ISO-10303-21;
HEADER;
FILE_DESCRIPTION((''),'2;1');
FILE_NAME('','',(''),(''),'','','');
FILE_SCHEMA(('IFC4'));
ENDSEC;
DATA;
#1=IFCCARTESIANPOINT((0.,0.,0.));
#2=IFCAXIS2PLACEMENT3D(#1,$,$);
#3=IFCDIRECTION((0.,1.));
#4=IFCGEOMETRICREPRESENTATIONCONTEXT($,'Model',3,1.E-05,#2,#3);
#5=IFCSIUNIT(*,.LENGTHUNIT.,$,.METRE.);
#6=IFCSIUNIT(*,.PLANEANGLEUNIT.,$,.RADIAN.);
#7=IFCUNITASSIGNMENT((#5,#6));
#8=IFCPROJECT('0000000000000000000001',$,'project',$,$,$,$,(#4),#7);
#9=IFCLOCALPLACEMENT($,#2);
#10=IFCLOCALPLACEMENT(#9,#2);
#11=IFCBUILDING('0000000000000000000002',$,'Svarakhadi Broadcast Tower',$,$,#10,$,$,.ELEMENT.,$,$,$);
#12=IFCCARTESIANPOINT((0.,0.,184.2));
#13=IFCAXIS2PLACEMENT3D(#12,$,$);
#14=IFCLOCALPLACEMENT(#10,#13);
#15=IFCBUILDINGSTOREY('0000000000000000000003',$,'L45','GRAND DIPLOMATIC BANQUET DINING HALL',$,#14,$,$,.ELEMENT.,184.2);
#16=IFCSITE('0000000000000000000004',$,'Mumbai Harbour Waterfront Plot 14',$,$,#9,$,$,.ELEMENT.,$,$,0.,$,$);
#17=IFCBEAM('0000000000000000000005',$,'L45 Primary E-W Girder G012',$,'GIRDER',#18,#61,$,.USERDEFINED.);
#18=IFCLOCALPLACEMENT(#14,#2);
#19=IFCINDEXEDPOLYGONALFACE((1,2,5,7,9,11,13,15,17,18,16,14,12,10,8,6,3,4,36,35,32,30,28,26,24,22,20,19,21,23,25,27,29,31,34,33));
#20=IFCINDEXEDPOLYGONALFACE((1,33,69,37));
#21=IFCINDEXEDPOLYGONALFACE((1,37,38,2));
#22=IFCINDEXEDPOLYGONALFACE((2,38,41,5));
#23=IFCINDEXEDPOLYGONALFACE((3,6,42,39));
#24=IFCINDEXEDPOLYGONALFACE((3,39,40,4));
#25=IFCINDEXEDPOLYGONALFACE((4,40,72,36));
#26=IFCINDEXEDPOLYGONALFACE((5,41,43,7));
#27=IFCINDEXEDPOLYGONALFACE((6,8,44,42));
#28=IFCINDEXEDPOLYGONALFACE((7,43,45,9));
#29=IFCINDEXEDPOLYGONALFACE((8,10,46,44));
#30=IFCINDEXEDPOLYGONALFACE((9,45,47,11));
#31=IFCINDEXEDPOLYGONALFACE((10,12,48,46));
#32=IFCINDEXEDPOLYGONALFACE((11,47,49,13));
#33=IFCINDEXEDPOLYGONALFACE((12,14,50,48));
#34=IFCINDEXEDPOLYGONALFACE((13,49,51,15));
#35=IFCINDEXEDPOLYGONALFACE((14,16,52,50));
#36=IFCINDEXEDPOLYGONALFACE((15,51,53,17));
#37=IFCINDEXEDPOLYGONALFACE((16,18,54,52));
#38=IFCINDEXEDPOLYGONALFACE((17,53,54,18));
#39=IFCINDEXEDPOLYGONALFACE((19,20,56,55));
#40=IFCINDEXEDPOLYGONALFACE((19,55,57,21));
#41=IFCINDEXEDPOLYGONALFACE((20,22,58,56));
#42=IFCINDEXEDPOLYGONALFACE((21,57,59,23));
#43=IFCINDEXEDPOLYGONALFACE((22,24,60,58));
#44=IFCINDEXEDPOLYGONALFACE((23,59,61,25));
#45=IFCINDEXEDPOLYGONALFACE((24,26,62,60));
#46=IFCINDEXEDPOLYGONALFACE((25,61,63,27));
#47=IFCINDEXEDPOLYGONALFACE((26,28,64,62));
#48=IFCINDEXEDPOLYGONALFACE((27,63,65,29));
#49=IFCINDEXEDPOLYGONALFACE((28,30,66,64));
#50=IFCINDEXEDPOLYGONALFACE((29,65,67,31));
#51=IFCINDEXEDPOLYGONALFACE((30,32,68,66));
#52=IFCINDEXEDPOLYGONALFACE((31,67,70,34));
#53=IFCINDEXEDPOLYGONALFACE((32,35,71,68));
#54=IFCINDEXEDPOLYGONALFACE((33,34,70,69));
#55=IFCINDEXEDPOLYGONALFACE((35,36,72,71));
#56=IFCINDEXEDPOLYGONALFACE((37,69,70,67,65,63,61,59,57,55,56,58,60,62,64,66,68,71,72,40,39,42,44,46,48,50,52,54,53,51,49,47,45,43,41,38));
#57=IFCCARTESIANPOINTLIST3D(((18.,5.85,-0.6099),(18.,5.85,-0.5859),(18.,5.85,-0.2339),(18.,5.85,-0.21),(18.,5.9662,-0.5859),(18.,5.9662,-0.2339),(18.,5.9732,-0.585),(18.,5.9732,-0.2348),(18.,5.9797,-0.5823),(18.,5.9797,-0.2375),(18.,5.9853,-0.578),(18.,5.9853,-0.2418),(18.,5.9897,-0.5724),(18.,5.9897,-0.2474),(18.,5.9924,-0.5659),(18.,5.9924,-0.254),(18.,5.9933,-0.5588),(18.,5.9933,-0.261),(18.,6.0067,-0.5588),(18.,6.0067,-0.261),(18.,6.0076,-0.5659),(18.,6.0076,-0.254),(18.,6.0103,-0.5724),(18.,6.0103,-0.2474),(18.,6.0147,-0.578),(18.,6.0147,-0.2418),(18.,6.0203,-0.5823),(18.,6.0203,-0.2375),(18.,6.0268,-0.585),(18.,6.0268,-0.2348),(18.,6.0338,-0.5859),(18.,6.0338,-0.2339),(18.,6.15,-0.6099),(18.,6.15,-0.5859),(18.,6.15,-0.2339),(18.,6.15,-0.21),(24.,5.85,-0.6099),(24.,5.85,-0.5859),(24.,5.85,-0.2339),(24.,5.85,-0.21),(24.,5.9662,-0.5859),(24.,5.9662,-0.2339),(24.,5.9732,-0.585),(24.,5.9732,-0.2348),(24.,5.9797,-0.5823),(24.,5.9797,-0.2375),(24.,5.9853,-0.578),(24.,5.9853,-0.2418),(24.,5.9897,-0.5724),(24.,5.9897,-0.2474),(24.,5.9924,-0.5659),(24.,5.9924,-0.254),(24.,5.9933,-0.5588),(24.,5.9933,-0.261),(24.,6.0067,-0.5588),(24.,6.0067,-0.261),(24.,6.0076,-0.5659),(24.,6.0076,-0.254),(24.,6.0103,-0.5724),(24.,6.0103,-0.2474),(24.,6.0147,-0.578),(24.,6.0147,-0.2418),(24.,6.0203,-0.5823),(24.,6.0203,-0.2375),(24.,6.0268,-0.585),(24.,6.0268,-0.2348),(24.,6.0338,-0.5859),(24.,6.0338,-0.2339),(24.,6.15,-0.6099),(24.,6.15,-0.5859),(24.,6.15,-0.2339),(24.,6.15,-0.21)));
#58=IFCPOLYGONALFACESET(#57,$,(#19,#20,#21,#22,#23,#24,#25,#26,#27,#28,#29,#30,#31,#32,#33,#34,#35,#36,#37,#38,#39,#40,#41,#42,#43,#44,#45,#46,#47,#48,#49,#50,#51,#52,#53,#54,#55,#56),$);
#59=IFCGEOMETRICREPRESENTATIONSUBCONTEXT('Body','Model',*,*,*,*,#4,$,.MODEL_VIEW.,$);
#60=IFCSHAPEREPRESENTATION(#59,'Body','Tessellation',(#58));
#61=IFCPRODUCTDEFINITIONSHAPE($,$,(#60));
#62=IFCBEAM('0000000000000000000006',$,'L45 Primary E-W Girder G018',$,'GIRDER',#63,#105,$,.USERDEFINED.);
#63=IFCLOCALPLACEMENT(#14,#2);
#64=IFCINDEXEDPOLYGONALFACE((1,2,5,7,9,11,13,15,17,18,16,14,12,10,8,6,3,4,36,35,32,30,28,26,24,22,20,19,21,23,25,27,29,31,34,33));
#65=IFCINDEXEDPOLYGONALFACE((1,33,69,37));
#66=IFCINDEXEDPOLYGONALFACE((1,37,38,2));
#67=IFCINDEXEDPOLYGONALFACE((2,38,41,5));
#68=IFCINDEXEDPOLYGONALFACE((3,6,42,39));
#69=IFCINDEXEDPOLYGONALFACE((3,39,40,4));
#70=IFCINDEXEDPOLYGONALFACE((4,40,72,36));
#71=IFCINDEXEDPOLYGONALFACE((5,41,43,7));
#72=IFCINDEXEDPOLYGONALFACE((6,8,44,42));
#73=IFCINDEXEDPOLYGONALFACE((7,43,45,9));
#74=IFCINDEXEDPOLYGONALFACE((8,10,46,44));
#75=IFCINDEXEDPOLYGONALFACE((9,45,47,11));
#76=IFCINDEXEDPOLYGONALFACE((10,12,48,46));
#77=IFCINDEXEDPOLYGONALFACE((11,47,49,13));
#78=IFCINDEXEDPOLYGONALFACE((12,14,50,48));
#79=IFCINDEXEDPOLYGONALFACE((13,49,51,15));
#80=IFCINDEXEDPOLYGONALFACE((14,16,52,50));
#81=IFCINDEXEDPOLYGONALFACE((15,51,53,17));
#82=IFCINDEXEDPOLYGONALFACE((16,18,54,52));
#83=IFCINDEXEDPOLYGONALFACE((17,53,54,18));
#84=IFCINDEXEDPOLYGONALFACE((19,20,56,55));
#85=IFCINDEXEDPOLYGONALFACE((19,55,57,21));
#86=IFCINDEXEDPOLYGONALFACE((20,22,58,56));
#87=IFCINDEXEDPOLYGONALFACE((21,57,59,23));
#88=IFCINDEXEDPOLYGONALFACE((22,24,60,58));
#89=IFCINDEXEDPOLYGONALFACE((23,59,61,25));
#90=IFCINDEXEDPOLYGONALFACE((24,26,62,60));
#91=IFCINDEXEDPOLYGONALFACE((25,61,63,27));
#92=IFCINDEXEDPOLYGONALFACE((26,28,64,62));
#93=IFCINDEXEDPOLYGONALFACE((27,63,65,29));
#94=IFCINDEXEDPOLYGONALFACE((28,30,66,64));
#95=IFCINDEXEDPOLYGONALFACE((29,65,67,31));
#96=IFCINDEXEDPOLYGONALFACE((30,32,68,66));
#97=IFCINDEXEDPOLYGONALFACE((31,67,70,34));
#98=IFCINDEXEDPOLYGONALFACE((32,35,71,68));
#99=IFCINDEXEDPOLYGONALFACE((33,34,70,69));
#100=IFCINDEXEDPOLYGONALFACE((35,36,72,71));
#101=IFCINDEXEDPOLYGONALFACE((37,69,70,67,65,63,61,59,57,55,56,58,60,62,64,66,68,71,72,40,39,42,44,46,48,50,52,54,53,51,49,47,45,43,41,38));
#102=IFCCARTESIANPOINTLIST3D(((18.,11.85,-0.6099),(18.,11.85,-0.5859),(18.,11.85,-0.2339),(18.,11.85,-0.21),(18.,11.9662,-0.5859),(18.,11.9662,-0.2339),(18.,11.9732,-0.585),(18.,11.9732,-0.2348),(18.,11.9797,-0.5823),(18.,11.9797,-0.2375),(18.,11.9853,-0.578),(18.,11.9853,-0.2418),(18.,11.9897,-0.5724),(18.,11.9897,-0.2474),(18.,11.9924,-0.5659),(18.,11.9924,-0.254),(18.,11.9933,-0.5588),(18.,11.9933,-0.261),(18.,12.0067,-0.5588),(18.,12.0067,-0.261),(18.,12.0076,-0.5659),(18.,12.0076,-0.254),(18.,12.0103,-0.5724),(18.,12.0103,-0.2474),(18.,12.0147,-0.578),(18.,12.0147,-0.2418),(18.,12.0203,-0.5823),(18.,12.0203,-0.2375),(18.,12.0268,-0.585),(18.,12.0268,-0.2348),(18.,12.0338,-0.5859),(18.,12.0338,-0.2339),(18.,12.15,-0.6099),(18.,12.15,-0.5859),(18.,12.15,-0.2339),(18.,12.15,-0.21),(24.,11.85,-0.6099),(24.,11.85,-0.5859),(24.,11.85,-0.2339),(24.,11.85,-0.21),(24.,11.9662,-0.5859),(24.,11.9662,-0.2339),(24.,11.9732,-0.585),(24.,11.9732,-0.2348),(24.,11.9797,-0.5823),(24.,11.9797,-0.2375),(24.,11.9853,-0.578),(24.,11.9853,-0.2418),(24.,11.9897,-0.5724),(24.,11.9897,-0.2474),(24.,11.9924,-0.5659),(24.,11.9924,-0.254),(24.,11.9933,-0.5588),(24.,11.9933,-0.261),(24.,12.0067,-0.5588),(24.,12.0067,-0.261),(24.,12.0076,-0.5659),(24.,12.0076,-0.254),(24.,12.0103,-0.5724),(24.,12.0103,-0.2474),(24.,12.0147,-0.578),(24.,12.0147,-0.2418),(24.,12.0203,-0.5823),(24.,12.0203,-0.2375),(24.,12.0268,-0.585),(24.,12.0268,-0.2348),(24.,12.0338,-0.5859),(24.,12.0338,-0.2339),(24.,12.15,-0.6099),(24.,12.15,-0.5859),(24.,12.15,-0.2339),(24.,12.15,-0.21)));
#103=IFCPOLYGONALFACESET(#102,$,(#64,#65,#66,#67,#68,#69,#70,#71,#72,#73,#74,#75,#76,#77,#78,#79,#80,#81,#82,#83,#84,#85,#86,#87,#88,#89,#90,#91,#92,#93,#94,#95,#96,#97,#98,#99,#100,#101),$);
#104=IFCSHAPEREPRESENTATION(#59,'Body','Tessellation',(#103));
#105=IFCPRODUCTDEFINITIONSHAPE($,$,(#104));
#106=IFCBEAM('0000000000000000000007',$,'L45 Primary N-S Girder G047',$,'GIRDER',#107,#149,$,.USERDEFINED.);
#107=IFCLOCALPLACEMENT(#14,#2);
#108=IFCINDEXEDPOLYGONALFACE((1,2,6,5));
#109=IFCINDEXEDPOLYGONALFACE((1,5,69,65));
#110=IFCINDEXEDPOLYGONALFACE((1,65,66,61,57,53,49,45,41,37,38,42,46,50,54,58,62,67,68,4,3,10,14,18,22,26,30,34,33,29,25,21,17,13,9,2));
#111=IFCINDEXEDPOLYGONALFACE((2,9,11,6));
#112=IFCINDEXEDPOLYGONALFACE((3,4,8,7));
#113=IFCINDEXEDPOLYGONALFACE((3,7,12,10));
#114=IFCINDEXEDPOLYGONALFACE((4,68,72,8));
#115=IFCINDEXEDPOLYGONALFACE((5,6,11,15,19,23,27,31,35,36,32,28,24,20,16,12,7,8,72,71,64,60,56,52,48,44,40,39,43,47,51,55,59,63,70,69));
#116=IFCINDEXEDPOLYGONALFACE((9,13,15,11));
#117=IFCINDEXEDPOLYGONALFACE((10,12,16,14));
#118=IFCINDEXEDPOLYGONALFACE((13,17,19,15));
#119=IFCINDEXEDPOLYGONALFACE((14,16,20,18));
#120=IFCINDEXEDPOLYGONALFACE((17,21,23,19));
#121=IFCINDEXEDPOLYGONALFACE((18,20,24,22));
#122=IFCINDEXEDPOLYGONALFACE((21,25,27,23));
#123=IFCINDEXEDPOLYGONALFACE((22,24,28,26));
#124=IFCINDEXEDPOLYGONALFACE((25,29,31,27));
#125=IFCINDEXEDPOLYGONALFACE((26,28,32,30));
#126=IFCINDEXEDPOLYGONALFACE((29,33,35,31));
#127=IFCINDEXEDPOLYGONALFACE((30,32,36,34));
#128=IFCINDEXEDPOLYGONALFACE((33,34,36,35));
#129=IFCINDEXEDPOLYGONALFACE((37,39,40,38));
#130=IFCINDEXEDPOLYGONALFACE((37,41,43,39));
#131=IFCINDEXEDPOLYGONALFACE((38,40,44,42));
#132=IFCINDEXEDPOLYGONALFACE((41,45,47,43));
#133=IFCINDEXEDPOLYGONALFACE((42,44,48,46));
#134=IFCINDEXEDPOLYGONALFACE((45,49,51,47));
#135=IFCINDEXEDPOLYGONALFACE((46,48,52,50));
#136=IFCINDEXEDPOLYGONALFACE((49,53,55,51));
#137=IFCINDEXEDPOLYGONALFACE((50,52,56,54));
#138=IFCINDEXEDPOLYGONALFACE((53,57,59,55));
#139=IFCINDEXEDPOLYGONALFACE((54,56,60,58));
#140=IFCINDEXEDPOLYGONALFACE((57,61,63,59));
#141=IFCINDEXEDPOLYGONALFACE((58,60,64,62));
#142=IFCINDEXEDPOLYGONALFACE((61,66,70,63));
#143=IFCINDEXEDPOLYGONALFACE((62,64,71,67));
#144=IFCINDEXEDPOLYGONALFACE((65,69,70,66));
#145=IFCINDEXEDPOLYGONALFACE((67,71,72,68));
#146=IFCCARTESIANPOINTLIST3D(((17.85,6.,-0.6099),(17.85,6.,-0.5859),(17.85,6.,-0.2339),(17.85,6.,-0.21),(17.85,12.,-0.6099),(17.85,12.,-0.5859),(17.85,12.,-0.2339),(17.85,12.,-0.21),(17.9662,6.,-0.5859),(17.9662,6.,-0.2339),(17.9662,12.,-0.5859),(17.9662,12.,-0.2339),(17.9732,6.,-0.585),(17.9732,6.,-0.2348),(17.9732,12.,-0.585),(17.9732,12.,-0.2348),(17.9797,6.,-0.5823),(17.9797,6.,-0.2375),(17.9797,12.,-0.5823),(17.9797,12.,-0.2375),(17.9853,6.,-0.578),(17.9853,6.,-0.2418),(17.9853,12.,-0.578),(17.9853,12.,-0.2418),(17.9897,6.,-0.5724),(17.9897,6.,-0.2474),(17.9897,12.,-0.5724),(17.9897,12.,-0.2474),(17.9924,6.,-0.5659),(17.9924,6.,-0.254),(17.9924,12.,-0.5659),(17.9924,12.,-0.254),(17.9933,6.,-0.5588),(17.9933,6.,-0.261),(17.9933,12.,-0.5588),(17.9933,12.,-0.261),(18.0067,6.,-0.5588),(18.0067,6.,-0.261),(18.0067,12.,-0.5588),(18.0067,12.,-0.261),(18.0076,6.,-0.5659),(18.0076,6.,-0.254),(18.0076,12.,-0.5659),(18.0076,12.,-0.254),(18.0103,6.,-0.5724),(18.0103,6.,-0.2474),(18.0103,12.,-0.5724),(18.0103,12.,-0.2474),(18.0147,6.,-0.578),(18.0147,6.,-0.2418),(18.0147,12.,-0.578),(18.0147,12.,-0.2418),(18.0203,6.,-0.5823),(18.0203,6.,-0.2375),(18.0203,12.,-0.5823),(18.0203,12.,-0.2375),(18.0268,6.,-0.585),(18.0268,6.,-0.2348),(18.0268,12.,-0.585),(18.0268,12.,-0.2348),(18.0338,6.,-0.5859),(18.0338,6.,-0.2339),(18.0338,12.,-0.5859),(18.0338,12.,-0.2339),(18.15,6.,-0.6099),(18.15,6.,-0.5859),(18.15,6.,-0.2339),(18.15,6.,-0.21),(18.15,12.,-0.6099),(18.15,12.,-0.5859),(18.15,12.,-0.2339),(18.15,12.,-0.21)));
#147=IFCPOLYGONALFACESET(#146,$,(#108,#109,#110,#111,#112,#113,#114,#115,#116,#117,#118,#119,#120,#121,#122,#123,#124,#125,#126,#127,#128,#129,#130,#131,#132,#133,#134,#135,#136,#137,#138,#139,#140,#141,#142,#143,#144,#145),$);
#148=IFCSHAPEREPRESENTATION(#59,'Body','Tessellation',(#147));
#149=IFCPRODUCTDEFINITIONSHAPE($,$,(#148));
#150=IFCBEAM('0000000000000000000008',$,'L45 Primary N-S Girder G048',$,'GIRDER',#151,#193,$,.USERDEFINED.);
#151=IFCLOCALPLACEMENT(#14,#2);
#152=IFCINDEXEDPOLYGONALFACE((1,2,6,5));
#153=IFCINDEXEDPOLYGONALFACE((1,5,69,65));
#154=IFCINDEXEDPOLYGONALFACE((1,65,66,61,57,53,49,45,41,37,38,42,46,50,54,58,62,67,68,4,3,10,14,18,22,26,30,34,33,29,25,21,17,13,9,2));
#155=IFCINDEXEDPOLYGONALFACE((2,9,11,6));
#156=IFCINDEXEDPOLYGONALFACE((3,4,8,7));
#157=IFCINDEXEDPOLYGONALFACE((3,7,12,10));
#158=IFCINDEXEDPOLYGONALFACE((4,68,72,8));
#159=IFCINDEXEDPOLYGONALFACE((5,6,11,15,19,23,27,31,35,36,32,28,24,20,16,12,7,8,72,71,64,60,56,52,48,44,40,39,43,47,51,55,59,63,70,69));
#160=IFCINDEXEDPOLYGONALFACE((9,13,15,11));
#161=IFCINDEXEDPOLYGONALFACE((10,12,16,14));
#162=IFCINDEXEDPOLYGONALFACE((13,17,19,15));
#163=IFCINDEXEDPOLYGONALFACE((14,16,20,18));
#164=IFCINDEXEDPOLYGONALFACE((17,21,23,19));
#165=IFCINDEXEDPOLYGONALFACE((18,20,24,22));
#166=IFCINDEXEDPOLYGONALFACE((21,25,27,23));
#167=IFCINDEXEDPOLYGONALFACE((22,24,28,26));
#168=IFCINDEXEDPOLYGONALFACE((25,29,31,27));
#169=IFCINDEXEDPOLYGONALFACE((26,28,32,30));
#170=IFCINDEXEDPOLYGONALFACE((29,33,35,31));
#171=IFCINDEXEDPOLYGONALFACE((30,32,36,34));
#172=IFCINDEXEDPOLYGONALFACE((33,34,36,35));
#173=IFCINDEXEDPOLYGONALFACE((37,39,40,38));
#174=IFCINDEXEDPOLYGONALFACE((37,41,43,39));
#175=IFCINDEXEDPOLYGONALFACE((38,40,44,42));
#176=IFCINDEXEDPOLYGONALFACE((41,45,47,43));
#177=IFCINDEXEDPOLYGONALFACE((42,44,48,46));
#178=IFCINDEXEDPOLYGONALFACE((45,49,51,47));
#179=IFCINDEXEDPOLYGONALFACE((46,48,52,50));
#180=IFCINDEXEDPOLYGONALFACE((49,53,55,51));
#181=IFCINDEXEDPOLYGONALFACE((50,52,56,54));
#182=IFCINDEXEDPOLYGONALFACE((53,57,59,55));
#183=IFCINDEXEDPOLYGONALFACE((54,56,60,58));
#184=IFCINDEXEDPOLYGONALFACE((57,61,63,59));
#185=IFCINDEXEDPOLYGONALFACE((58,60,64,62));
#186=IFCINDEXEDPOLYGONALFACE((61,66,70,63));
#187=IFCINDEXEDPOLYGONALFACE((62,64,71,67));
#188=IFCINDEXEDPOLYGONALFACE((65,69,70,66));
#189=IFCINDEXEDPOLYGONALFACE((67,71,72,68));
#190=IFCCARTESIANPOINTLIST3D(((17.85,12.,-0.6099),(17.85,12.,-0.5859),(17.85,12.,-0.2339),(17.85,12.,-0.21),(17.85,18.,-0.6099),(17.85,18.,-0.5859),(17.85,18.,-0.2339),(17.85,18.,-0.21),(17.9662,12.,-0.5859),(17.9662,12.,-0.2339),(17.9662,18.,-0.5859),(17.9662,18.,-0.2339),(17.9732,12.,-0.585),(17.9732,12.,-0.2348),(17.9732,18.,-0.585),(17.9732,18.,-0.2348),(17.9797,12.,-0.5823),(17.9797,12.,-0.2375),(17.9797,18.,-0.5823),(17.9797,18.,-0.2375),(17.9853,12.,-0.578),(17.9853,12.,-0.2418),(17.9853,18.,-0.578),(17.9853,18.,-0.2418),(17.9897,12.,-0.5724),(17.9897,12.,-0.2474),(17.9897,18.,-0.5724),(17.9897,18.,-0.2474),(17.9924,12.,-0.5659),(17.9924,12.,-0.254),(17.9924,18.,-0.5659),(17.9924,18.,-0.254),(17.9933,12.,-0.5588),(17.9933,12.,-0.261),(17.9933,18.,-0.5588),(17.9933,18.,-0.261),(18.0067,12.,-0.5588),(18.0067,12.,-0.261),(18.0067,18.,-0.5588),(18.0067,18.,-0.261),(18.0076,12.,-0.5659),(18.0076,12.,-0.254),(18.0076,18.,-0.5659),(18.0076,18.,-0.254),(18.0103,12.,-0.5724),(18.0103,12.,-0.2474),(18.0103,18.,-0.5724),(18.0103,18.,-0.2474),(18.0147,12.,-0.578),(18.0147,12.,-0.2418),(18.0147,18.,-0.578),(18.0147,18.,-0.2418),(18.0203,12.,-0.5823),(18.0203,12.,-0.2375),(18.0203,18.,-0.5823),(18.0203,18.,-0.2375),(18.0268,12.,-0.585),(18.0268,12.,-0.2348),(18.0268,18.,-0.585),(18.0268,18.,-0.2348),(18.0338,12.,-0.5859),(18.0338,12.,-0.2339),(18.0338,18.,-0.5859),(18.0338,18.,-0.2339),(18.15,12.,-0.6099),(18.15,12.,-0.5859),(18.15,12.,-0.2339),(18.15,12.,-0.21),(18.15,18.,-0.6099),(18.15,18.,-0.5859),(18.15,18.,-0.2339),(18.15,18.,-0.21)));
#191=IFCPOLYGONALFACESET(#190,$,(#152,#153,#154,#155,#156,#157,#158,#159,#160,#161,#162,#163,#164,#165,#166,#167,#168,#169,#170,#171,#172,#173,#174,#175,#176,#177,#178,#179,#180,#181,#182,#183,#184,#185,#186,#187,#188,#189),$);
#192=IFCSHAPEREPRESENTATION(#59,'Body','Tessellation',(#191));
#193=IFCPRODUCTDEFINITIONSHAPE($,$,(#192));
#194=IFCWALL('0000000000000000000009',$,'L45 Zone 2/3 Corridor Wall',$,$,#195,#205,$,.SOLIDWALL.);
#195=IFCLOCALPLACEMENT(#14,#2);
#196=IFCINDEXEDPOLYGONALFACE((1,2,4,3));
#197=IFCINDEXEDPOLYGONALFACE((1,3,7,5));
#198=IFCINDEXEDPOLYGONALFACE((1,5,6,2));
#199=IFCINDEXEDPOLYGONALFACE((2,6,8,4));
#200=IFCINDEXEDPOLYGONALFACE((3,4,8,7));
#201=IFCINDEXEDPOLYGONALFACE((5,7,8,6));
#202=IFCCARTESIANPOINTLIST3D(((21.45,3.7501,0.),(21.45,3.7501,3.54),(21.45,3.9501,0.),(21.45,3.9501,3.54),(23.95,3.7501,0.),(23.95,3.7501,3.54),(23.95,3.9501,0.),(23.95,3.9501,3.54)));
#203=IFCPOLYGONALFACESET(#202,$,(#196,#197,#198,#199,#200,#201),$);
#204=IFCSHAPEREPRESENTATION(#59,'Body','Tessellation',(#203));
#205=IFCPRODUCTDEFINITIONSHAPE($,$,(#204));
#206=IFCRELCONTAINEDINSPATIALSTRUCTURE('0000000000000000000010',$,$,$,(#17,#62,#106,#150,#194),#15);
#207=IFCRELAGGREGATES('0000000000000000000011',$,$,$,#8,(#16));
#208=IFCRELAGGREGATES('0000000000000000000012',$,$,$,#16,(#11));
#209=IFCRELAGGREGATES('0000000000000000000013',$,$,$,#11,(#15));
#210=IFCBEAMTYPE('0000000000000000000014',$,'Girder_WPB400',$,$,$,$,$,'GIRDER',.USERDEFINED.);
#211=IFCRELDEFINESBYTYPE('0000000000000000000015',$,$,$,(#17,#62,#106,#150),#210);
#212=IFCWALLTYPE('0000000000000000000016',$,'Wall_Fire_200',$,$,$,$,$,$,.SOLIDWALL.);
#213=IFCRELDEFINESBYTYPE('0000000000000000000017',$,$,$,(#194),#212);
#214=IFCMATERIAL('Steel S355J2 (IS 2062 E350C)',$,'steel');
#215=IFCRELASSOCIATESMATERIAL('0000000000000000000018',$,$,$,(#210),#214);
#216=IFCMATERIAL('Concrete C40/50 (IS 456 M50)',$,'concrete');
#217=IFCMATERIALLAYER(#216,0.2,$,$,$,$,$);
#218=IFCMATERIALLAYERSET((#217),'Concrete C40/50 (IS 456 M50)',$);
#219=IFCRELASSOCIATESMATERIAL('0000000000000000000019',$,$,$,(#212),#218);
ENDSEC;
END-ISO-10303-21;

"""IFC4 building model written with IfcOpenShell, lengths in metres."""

from ifc_helpers import new_model, si_unit, direction, frame, frame_2d, origin, origin_2d, place, context, subcontext, project, spatial, rectangle, i_section, extrude, material, layer, layer_set, material_profile, profile_set, type_object, element, save


model = new_model("IFC4")

# Units and contexts
model_context = context("Model", 3, precision=1e-05, world=origin(), true_north=direction((0.0, 1.0)))
body_context = subcontext(model_context, "Body", "Model", "MODEL_VIEW")
ifc_project = project(units=[si_unit("LENGTHUNIT", "METRE"), si_unit("PLANEANGLEUNIT", "RADIAN")], contexts=[model_context])

# Site, building, storey
site_placement = place(None, origin())
site = spatial("IfcSite", under=ifc_project, at=site_placement, Name="Mumbai Harbour Waterfront Plot 14", CompositionType="ELEMENT", RefElevation=0.0)
building_placement = place(site_placement, origin())
building = spatial("IfcBuilding", under=site, at=building_placement, Name="Svarakhadi Broadcast Tower", CompositionType="ELEMENT")
storey_placement = place(building_placement, frame((0.0, 0.0, 184.2)))
storey = spatial("IfcBuildingStorey", under=building, at=storey_placement, Name="L45", Description="GRAND DIPLOMATIC BANQUET DINING HALL", CompositionType="ELEMENT", Elevation=184.2)

# Beams
ifc_material_1 = material(Name="Steel S355J2 (IS 2062 E350C)", Category="steel")
ifc_material_profile_1 = material_profile(ifc_material_1, i_section(OverallWidth=0.3, OverallDepth=0.3999, WebThickness=0.0134, FlangeThickness=0.0239, FilletRadius=0.0271, at=origin_2d()), Name="WPB 400x300x155")
ifc_profile_set_1 = profile_set([ifc_material_profile_1], Name="Steel S355J2 (IS 2062 E350C)")
beam_type_1 = type_object("IfcBeamType", Name="Girder_WPB400", ElementType="GIRDER", PredefinedType="USERDEFINED", material=ifc_profile_set_1)
for number, where, z_axis, x_axis, name in (
    (1, (18.0, 6.0, -0.4099), (1.0, 0.0, 0.0), (0.0, 1.0, 0.0), "L45 Primary E-W Girder G012"),
    (2, (18.0, 12.0, -0.4099), (1.0, 0.0, 0.0), (0.0, 1.0, 0.0), "L45 Primary E-W Girder G018"),
    (3, (18.0, 6.0, -0.4099), (0.0, 1.0, 0.0), (-1.0, 0.0, 0.0), "L45 Primary N-S Girder G047"),
    (4, (18.0, 12.0, -0.4099), (0.0, 1.0, 0.0), (-1.0, 0.0, 0.0), "L45 Primary N-S Girder G048"),
):
    element("IfcBeam", number, at=place(storey_placement, frame(where, z_axis=z_axis, x_axis=x_axis)), inside=storey, type_object=beam_type_1, Name=name, ObjectType="GIRDER", PredefinedType="USERDEFINED", context=body_context, shape_type="SweptSolid", body=[
        extrude(i_section(OverallWidth=0.3, OverallDepth=0.3999, WebThickness=0.0134, FlangeThickness=0.0239, FilletRadius=0.0271, at=origin_2d()), origin(), (0.0, 0.0, 1.0), 6.0),
    ])

# Wall
ifc_material_2 = material(Name="Concrete C40/50 (IS 456 M50)", Category="concrete")
ifc_layer = layer(ifc_material_2, 0.2)
ifc_layer_set = layer_set([ifc_layer], Name="Concrete C40/50 (IS 456 M50)")
wall_type = type_object("IfcWallType", Name="Wall_Fire_200", PredefinedType="SOLIDWALL", material=ifc_layer_set)
wall_1_placement = place(storey_placement, frame((23.95, 3.8501, 0.0), z_axis=(0.0, 0.0, 1.0), x_axis=(-1.0, 0.0, 0.0)))
element("IfcWall", 5, at=wall_1_placement, inside=storey, type_object=wall_type, Name="L45 Zone 2/3 Corridor Wall", PredefinedType="SOLIDWALL", context=body_context, shape_type="SweptSolid", body=[
    extrude(rectangle(XDim=2.5, YDim=0.2, at=frame_2d((1.25, 0.0))), origin(), (0.0, 0.0, 1.0), 3.54),
])

save(model, "model.ifc")
